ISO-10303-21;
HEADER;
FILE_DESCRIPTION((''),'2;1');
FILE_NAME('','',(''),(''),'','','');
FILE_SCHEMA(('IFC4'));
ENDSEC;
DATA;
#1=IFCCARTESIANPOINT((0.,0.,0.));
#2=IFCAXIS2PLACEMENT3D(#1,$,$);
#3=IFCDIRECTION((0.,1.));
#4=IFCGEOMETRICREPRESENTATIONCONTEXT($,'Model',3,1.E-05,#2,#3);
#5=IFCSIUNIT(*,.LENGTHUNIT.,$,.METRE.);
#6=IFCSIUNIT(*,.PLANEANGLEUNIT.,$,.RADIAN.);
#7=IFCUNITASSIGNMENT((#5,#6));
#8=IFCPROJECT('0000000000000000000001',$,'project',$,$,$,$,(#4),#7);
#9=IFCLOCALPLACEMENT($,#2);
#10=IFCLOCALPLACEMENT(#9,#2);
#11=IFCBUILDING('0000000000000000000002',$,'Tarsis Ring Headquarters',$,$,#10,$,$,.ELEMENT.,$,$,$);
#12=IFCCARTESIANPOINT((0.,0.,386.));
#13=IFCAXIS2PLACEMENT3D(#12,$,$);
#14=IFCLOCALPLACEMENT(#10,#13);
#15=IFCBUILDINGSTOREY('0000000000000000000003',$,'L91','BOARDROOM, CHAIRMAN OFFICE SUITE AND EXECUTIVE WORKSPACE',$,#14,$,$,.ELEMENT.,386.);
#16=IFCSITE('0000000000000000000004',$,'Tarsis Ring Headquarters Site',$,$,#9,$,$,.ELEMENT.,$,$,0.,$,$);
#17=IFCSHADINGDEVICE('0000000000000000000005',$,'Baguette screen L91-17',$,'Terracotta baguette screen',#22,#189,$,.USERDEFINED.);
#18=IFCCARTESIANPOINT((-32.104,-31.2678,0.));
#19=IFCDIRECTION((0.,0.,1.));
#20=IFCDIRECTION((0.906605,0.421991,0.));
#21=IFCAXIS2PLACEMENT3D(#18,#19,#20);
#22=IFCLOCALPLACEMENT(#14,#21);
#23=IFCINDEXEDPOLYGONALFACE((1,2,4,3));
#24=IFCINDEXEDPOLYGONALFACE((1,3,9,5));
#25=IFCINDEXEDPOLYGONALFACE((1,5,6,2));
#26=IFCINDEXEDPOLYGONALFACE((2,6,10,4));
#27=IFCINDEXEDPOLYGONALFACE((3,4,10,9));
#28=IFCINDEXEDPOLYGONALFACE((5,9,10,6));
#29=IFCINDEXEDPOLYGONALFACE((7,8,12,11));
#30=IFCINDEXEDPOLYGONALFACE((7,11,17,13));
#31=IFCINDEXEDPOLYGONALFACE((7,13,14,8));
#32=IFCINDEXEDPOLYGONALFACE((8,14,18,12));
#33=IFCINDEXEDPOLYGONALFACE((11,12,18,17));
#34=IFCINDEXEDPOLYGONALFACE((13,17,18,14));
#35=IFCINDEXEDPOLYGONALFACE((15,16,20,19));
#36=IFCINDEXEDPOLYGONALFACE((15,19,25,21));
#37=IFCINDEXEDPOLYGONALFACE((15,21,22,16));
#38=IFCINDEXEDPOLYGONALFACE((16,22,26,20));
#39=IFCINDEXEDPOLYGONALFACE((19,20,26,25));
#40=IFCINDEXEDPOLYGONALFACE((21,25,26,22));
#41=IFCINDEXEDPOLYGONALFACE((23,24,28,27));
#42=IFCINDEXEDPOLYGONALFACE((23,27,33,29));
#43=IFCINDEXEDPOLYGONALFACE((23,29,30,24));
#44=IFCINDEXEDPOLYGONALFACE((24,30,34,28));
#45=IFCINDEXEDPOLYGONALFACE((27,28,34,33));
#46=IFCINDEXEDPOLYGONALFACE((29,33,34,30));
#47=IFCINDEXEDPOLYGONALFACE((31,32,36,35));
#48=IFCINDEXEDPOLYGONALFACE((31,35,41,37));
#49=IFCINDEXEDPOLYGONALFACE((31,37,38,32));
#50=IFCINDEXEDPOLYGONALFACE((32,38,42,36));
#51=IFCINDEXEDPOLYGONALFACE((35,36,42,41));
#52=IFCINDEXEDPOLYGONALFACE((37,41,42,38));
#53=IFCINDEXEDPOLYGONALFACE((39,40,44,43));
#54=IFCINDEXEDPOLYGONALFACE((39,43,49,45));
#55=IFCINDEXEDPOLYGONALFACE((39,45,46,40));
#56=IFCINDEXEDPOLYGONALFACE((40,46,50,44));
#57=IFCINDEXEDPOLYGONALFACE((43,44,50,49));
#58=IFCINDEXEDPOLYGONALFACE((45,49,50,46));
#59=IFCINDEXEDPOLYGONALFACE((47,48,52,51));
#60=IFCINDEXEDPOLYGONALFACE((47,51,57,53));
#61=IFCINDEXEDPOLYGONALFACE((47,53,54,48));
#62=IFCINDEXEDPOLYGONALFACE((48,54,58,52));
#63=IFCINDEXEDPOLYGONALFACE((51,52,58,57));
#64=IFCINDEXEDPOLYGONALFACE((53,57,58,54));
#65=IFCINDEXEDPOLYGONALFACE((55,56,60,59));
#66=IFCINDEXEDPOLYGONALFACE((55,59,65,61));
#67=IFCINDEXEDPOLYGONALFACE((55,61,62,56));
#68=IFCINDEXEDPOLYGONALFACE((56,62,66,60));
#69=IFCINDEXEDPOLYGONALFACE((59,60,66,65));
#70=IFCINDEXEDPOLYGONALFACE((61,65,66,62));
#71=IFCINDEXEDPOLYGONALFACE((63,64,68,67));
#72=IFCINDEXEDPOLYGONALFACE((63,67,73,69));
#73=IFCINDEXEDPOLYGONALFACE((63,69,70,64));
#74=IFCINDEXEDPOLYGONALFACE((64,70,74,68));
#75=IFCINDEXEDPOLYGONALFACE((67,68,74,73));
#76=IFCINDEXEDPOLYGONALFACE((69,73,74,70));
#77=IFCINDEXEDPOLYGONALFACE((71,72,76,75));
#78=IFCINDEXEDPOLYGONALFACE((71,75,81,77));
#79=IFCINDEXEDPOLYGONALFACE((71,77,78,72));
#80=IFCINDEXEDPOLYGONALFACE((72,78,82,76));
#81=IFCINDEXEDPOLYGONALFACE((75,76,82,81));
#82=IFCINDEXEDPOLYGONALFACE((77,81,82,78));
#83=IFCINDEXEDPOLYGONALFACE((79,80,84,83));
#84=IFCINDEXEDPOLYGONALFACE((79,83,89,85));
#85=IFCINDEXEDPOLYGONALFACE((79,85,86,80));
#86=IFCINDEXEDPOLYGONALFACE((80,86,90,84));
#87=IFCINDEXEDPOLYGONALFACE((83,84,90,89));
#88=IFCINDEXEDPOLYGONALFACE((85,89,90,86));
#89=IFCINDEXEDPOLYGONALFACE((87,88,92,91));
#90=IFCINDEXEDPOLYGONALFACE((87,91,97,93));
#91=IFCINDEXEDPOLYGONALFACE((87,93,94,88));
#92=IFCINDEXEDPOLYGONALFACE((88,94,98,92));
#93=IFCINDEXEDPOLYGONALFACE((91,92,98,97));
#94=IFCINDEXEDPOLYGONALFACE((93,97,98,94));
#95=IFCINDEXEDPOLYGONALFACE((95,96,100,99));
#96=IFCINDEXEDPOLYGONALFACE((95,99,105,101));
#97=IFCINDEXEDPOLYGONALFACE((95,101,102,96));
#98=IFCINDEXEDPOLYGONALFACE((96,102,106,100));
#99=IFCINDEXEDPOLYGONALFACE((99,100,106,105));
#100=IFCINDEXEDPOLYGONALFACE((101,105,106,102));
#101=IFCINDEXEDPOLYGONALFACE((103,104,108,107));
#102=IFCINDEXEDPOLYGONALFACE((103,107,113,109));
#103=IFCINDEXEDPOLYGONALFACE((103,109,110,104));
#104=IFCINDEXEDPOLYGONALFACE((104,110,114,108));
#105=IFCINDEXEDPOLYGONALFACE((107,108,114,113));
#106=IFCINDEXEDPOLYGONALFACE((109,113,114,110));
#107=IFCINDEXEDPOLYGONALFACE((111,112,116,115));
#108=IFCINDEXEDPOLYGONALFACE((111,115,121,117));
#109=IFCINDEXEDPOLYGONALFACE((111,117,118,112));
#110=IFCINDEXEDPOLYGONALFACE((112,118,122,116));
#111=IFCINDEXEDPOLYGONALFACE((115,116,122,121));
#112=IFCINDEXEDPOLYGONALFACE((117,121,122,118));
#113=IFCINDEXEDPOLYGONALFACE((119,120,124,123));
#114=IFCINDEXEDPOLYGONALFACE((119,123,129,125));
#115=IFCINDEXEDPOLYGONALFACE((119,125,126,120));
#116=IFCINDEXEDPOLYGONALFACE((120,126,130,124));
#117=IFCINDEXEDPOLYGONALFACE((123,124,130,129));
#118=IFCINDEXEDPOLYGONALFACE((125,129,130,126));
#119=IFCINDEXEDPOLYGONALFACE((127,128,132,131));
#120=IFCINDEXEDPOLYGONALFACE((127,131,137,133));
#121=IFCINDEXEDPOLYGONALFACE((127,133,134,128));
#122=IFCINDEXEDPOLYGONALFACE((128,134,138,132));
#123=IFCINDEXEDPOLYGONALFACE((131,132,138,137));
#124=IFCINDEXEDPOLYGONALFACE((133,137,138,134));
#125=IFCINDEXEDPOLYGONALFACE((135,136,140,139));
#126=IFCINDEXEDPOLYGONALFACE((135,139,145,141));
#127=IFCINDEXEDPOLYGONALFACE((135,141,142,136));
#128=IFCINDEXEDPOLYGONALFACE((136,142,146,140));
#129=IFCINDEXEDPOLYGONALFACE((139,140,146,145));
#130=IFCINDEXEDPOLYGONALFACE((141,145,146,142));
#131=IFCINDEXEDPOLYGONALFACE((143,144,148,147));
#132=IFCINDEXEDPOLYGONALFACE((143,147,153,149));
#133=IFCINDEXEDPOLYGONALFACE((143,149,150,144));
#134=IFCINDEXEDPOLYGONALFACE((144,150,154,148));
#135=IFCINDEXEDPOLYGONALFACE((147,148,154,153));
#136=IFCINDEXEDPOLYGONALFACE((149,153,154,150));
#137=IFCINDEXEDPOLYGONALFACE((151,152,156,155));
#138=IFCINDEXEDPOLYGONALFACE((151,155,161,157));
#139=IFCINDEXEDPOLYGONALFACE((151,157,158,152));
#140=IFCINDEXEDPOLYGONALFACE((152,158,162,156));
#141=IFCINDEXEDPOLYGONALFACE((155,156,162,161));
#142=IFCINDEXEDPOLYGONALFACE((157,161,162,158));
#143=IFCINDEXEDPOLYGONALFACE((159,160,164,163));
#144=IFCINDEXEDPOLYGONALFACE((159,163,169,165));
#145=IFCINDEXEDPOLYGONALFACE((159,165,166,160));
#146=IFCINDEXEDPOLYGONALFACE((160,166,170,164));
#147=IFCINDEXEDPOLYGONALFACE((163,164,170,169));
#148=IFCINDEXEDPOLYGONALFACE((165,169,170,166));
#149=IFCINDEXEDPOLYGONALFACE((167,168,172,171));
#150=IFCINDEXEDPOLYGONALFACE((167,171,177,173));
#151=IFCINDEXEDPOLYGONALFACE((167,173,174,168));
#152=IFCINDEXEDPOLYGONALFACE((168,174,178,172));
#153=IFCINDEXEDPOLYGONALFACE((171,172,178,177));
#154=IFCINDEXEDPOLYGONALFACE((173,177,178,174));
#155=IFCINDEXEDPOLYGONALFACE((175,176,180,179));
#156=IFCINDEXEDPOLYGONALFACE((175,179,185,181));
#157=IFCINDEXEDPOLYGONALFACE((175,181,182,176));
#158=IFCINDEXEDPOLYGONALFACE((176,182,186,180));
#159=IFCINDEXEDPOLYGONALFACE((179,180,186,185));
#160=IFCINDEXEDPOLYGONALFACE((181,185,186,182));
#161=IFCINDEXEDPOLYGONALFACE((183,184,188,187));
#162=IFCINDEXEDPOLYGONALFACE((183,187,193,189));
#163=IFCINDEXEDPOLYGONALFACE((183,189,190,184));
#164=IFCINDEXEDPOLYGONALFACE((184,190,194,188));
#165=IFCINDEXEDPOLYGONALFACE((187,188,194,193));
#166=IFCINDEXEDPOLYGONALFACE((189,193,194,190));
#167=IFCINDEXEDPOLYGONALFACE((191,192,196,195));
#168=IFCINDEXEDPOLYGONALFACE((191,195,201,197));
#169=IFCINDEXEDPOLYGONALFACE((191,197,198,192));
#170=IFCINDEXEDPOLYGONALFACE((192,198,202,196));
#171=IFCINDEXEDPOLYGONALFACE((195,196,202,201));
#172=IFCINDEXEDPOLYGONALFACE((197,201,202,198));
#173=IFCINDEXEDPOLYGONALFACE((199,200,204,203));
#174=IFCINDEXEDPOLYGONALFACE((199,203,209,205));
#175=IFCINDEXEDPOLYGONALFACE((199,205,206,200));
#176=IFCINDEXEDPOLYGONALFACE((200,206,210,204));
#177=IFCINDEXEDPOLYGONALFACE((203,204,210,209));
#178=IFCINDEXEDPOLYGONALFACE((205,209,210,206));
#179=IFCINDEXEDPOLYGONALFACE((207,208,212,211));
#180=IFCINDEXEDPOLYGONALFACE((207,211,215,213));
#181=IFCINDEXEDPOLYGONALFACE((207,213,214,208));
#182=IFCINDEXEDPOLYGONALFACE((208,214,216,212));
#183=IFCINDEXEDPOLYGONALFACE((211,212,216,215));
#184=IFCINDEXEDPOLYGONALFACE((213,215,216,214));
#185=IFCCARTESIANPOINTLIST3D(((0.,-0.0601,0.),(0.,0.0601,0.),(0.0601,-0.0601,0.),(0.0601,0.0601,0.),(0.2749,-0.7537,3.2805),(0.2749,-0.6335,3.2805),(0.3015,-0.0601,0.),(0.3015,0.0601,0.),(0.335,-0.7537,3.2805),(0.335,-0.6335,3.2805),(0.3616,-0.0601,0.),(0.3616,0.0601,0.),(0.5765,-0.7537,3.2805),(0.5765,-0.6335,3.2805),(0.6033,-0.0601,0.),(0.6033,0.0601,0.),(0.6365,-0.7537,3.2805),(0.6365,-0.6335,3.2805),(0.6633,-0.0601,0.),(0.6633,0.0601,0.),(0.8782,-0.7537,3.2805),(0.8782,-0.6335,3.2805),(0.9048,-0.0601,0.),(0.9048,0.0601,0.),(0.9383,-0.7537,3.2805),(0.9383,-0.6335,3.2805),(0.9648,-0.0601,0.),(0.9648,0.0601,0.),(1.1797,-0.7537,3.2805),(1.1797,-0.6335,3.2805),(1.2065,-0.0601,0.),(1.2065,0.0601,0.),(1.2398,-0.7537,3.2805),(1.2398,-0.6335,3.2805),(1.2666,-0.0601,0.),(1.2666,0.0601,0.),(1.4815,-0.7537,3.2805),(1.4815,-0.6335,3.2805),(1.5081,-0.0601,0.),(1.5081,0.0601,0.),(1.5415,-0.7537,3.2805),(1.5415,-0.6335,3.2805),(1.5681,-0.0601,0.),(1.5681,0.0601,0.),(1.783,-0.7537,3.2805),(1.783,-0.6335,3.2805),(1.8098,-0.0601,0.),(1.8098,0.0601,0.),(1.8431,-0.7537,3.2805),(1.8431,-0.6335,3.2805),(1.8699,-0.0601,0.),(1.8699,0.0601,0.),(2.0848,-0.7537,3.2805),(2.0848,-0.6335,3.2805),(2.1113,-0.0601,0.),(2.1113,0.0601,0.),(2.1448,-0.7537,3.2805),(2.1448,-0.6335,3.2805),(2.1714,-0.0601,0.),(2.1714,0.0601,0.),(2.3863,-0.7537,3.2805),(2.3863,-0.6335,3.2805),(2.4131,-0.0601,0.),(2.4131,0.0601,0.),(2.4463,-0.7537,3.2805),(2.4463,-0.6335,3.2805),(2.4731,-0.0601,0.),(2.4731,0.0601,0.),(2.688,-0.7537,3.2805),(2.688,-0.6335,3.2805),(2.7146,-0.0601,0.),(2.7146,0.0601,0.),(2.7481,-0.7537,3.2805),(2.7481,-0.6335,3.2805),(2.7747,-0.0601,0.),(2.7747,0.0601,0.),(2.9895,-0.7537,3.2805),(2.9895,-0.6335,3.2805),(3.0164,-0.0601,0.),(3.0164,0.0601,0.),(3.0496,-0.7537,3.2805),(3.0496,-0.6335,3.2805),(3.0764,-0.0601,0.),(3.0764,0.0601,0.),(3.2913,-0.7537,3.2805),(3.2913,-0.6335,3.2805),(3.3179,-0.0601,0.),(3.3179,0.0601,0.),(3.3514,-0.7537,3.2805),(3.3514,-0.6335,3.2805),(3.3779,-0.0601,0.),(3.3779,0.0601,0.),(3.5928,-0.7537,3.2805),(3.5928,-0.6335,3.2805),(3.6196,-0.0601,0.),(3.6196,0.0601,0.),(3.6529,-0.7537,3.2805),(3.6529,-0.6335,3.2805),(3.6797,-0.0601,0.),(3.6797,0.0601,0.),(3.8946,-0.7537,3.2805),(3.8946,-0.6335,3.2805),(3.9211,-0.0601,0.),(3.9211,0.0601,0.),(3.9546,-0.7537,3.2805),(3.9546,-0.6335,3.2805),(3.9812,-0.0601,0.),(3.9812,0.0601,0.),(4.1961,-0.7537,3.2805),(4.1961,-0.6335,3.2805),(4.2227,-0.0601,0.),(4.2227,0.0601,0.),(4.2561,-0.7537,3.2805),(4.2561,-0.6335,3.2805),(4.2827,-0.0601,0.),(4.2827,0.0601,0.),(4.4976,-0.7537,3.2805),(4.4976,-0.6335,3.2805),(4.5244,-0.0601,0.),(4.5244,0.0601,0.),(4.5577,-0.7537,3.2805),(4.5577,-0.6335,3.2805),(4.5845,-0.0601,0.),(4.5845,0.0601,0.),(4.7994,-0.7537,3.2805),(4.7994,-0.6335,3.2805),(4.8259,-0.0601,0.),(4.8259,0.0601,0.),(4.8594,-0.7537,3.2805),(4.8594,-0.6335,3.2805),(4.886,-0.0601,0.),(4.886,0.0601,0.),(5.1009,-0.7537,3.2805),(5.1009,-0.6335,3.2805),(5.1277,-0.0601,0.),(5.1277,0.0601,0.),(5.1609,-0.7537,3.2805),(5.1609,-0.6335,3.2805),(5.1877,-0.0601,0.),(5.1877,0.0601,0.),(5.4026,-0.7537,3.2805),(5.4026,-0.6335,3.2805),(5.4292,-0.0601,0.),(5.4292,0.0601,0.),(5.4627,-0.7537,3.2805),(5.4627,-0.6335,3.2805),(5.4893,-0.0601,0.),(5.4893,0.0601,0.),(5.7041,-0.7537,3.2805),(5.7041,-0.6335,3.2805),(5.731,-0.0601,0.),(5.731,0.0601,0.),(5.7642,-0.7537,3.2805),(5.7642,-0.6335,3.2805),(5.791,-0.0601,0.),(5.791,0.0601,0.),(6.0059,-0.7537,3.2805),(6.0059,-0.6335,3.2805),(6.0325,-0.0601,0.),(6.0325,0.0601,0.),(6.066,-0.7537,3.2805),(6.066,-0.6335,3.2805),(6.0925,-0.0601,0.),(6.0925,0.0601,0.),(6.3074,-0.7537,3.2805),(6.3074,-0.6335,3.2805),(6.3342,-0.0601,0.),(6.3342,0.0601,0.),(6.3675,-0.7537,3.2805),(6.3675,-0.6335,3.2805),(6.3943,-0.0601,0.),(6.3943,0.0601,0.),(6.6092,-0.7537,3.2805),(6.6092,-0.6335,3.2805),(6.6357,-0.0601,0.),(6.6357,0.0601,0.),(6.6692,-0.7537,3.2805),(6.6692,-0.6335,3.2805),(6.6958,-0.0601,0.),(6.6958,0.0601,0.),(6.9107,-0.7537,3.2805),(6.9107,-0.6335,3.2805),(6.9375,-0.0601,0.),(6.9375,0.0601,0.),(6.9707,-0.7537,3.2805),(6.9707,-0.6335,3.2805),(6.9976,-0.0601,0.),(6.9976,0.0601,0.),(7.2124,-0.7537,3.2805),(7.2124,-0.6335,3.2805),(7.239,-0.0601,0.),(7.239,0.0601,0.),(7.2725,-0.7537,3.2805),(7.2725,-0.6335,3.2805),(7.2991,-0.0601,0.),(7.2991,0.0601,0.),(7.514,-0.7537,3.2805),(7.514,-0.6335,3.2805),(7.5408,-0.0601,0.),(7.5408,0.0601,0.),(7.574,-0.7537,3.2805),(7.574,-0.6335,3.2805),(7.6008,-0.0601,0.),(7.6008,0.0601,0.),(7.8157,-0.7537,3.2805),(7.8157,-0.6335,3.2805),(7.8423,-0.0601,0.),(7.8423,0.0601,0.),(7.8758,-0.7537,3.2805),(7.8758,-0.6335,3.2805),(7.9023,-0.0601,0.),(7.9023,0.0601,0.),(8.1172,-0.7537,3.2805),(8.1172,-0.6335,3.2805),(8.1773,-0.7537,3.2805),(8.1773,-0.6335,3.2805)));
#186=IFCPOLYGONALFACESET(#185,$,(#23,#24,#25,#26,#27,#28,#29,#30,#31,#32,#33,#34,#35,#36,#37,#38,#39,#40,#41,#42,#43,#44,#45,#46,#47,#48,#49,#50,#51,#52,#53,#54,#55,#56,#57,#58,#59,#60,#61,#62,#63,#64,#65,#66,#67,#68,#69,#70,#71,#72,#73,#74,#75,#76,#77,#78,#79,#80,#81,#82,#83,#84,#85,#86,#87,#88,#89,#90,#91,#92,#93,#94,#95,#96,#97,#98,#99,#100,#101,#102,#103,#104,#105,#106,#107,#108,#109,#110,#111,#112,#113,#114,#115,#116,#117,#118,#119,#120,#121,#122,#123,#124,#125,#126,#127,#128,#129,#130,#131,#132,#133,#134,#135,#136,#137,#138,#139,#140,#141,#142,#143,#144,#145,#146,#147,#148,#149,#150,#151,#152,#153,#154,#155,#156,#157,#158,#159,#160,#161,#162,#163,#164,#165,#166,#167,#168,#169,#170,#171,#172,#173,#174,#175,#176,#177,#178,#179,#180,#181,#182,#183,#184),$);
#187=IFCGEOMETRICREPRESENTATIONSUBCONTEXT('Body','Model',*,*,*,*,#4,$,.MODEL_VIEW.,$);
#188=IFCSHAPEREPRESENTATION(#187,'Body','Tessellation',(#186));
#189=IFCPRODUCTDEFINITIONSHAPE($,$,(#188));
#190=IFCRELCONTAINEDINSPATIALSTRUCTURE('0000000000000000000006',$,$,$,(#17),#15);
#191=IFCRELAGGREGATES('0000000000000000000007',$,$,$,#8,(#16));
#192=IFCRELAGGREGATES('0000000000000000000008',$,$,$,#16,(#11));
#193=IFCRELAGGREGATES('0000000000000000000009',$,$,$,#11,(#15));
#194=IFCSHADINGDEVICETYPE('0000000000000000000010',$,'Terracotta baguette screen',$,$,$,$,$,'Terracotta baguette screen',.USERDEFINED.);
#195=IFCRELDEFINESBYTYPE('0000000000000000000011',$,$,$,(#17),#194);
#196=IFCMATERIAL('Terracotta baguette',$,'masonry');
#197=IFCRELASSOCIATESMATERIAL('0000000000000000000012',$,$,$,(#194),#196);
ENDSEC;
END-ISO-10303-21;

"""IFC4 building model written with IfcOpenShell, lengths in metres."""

from ifc_helpers import new_model, si_unit, direction, frame, frame_2d, origin, place, context, subcontext, project, spatial, rectangle, composite_profile, extrude, material, type_object, element, save


model = new_model("IFC4")

# Units and contexts
model_context = context("Model", 3, precision=1e-05, world=origin(), true_north=direction((0.0, 1.0)))
body_context = subcontext(model_context, "Body", "Model", "MODEL_VIEW")
ifc_project = project(units=[si_unit("LENGTHUNIT", "METRE"), si_unit("PLANEANGLEUNIT", "RADIAN")], contexts=[model_context])

# Site, building, storey
site_placement = place(None, origin())
site = spatial("IfcSite", under=ifc_project, at=site_placement, Name="Tarsis Ring Headquarters Site", CompositionType="ELEMENT", RefElevation=0.0)
building_placement = place(site_placement, origin())
building = spatial("IfcBuilding", under=site, at=building_placement, Name="Tarsis Ring Headquarters", CompositionType="ELEMENT")
storey_placement = place(building_placement, frame((0.0, 0.0, 386.0)))
storey = spatial("IfcBuildingStorey", under=building, at=storey_placement, Name="L91", Description="BOARDROOM, CHAIRMAN OFFICE SUITE AND EXECUTIVE WORKSPACE", CompositionType="ELEMENT", Elevation=386.0)

# Shading device
ifc_material_1 = material(Name="Terracotta baguette", Category="masonry")
shading_device_type_1 = type_object("IfcShadingDeviceType", Name="Terracotta baguette screen", ElementType="Terracotta baguette screen", PredefinedType="USERDEFINED", material=ifc_material_1)
shading_device_1_placement = place(storey_placement, frame((-32.104, -31.2678, 0.0), z_axis=(0.0, 0.0, 1.0), x_axis=(0.906605, 0.421991, 0.0)))
element("IfcShadingDevice", 1, at=shading_device_1_placement, inside=storey, type_object=shading_device_type_1, Name="Baguette screen L91-17", ObjectType="Terracotta baguette screen", PredefinedType="USERDEFINED", context=body_context, shape_type="SweptSolid", body=[
    extrude(composite_profile([rectangle(XDim=0.0601, YDim=0.1201, at=frame_2d((0.03, 0.0))), rectangle(XDim=0.0601, YDim=0.1201, at=frame_2d((0.3315, 0.0))), rectangle(XDim=0.0601, YDim=0.1201, at=frame_2d((0.6333, 0.0))), rectangle(XDim=0.0601, YDim=0.1201, at=frame_2d((0.9348, 0.0))), rectangle(XDim=0.0601, YDim=0.1201, at=frame_2d((1.2366, 0.0))), rectangle(XDim=0.0601, YDim=0.1201, at=frame_2d((1.5381, 0.0))), rectangle(XDim=0.0601, YDim=0.1201, at=frame_2d((1.8398, 0.0))), rectangle(XDim=0.0601, YDim=0.1201, at=frame_2d((2.1414, 0.0))), rectangle(XDim=0.0601, YDim=0.1201, at=frame_2d((2.4431, 0.0))), rectangle(XDim=0.0601, YDim=0.1201, at=frame_2d((2.7446, 0.0))), rectangle(XDim=0.0601, YDim=0.1201, at=frame_2d((3.0464, 0.0))), rectangle(XDim=0.0601, YDim=0.1201, at=frame_2d((3.3479, 0.0))), rectangle(XDim=0.0601, YDim=0.1201, at=frame_2d((3.6497, 0.0))), rectangle(XDim=0.0601, YDim=0.1201, at=frame_2d((3.9512, 0.0))), rectangle(XDim=0.0601, YDim=0.1201, at=frame_2d((4.2527, 0.0))), rectangle(XDim=0.0601, YDim=0.1201, at=frame_2d((4.5544, 0.0))), rectangle(XDim=0.0601, YDim=0.1201, at=frame_2d((4.856, 0.0))), rectangle(XDim=0.0601, YDim=0.1201, at=frame_2d((5.1577, 0.0))), rectangle(XDim=0.0601, YDim=0.1201, at=frame_2d((5.4592, 0.0))), rectangle(XDim=0.0601, YDim=0.1201, at=frame_2d((5.761, 0.0))), rectangle(XDim=0.0601, YDim=0.1201, at=frame_2d((6.0625, 0.0))), rectangle(XDim=0.0601, YDim=0.1201, at=frame_2d((6.3643, 0.0))), rectangle(XDim=0.0601, YDim=0.1201, at=frame_2d((6.6658, 0.0))), rectangle(XDim=0.0601, YDim=0.1201, at=frame_2d((6.9675, 0.0))), rectangle(XDim=0.0601, YDim=0.1201, at=frame_2d((7.269, 0.0))), rectangle(XDim=0.0601, YDim=0.1201, at=frame_2d((7.5708, 0.0))), rectangle(XDim=0.0601, YDim=0.1201, at=frame_2d((7.8723, 0.0)))]), origin(), (0.081724, -0.206169, 0.975098), 3.3643),
])

save(model, "model.ifc")
